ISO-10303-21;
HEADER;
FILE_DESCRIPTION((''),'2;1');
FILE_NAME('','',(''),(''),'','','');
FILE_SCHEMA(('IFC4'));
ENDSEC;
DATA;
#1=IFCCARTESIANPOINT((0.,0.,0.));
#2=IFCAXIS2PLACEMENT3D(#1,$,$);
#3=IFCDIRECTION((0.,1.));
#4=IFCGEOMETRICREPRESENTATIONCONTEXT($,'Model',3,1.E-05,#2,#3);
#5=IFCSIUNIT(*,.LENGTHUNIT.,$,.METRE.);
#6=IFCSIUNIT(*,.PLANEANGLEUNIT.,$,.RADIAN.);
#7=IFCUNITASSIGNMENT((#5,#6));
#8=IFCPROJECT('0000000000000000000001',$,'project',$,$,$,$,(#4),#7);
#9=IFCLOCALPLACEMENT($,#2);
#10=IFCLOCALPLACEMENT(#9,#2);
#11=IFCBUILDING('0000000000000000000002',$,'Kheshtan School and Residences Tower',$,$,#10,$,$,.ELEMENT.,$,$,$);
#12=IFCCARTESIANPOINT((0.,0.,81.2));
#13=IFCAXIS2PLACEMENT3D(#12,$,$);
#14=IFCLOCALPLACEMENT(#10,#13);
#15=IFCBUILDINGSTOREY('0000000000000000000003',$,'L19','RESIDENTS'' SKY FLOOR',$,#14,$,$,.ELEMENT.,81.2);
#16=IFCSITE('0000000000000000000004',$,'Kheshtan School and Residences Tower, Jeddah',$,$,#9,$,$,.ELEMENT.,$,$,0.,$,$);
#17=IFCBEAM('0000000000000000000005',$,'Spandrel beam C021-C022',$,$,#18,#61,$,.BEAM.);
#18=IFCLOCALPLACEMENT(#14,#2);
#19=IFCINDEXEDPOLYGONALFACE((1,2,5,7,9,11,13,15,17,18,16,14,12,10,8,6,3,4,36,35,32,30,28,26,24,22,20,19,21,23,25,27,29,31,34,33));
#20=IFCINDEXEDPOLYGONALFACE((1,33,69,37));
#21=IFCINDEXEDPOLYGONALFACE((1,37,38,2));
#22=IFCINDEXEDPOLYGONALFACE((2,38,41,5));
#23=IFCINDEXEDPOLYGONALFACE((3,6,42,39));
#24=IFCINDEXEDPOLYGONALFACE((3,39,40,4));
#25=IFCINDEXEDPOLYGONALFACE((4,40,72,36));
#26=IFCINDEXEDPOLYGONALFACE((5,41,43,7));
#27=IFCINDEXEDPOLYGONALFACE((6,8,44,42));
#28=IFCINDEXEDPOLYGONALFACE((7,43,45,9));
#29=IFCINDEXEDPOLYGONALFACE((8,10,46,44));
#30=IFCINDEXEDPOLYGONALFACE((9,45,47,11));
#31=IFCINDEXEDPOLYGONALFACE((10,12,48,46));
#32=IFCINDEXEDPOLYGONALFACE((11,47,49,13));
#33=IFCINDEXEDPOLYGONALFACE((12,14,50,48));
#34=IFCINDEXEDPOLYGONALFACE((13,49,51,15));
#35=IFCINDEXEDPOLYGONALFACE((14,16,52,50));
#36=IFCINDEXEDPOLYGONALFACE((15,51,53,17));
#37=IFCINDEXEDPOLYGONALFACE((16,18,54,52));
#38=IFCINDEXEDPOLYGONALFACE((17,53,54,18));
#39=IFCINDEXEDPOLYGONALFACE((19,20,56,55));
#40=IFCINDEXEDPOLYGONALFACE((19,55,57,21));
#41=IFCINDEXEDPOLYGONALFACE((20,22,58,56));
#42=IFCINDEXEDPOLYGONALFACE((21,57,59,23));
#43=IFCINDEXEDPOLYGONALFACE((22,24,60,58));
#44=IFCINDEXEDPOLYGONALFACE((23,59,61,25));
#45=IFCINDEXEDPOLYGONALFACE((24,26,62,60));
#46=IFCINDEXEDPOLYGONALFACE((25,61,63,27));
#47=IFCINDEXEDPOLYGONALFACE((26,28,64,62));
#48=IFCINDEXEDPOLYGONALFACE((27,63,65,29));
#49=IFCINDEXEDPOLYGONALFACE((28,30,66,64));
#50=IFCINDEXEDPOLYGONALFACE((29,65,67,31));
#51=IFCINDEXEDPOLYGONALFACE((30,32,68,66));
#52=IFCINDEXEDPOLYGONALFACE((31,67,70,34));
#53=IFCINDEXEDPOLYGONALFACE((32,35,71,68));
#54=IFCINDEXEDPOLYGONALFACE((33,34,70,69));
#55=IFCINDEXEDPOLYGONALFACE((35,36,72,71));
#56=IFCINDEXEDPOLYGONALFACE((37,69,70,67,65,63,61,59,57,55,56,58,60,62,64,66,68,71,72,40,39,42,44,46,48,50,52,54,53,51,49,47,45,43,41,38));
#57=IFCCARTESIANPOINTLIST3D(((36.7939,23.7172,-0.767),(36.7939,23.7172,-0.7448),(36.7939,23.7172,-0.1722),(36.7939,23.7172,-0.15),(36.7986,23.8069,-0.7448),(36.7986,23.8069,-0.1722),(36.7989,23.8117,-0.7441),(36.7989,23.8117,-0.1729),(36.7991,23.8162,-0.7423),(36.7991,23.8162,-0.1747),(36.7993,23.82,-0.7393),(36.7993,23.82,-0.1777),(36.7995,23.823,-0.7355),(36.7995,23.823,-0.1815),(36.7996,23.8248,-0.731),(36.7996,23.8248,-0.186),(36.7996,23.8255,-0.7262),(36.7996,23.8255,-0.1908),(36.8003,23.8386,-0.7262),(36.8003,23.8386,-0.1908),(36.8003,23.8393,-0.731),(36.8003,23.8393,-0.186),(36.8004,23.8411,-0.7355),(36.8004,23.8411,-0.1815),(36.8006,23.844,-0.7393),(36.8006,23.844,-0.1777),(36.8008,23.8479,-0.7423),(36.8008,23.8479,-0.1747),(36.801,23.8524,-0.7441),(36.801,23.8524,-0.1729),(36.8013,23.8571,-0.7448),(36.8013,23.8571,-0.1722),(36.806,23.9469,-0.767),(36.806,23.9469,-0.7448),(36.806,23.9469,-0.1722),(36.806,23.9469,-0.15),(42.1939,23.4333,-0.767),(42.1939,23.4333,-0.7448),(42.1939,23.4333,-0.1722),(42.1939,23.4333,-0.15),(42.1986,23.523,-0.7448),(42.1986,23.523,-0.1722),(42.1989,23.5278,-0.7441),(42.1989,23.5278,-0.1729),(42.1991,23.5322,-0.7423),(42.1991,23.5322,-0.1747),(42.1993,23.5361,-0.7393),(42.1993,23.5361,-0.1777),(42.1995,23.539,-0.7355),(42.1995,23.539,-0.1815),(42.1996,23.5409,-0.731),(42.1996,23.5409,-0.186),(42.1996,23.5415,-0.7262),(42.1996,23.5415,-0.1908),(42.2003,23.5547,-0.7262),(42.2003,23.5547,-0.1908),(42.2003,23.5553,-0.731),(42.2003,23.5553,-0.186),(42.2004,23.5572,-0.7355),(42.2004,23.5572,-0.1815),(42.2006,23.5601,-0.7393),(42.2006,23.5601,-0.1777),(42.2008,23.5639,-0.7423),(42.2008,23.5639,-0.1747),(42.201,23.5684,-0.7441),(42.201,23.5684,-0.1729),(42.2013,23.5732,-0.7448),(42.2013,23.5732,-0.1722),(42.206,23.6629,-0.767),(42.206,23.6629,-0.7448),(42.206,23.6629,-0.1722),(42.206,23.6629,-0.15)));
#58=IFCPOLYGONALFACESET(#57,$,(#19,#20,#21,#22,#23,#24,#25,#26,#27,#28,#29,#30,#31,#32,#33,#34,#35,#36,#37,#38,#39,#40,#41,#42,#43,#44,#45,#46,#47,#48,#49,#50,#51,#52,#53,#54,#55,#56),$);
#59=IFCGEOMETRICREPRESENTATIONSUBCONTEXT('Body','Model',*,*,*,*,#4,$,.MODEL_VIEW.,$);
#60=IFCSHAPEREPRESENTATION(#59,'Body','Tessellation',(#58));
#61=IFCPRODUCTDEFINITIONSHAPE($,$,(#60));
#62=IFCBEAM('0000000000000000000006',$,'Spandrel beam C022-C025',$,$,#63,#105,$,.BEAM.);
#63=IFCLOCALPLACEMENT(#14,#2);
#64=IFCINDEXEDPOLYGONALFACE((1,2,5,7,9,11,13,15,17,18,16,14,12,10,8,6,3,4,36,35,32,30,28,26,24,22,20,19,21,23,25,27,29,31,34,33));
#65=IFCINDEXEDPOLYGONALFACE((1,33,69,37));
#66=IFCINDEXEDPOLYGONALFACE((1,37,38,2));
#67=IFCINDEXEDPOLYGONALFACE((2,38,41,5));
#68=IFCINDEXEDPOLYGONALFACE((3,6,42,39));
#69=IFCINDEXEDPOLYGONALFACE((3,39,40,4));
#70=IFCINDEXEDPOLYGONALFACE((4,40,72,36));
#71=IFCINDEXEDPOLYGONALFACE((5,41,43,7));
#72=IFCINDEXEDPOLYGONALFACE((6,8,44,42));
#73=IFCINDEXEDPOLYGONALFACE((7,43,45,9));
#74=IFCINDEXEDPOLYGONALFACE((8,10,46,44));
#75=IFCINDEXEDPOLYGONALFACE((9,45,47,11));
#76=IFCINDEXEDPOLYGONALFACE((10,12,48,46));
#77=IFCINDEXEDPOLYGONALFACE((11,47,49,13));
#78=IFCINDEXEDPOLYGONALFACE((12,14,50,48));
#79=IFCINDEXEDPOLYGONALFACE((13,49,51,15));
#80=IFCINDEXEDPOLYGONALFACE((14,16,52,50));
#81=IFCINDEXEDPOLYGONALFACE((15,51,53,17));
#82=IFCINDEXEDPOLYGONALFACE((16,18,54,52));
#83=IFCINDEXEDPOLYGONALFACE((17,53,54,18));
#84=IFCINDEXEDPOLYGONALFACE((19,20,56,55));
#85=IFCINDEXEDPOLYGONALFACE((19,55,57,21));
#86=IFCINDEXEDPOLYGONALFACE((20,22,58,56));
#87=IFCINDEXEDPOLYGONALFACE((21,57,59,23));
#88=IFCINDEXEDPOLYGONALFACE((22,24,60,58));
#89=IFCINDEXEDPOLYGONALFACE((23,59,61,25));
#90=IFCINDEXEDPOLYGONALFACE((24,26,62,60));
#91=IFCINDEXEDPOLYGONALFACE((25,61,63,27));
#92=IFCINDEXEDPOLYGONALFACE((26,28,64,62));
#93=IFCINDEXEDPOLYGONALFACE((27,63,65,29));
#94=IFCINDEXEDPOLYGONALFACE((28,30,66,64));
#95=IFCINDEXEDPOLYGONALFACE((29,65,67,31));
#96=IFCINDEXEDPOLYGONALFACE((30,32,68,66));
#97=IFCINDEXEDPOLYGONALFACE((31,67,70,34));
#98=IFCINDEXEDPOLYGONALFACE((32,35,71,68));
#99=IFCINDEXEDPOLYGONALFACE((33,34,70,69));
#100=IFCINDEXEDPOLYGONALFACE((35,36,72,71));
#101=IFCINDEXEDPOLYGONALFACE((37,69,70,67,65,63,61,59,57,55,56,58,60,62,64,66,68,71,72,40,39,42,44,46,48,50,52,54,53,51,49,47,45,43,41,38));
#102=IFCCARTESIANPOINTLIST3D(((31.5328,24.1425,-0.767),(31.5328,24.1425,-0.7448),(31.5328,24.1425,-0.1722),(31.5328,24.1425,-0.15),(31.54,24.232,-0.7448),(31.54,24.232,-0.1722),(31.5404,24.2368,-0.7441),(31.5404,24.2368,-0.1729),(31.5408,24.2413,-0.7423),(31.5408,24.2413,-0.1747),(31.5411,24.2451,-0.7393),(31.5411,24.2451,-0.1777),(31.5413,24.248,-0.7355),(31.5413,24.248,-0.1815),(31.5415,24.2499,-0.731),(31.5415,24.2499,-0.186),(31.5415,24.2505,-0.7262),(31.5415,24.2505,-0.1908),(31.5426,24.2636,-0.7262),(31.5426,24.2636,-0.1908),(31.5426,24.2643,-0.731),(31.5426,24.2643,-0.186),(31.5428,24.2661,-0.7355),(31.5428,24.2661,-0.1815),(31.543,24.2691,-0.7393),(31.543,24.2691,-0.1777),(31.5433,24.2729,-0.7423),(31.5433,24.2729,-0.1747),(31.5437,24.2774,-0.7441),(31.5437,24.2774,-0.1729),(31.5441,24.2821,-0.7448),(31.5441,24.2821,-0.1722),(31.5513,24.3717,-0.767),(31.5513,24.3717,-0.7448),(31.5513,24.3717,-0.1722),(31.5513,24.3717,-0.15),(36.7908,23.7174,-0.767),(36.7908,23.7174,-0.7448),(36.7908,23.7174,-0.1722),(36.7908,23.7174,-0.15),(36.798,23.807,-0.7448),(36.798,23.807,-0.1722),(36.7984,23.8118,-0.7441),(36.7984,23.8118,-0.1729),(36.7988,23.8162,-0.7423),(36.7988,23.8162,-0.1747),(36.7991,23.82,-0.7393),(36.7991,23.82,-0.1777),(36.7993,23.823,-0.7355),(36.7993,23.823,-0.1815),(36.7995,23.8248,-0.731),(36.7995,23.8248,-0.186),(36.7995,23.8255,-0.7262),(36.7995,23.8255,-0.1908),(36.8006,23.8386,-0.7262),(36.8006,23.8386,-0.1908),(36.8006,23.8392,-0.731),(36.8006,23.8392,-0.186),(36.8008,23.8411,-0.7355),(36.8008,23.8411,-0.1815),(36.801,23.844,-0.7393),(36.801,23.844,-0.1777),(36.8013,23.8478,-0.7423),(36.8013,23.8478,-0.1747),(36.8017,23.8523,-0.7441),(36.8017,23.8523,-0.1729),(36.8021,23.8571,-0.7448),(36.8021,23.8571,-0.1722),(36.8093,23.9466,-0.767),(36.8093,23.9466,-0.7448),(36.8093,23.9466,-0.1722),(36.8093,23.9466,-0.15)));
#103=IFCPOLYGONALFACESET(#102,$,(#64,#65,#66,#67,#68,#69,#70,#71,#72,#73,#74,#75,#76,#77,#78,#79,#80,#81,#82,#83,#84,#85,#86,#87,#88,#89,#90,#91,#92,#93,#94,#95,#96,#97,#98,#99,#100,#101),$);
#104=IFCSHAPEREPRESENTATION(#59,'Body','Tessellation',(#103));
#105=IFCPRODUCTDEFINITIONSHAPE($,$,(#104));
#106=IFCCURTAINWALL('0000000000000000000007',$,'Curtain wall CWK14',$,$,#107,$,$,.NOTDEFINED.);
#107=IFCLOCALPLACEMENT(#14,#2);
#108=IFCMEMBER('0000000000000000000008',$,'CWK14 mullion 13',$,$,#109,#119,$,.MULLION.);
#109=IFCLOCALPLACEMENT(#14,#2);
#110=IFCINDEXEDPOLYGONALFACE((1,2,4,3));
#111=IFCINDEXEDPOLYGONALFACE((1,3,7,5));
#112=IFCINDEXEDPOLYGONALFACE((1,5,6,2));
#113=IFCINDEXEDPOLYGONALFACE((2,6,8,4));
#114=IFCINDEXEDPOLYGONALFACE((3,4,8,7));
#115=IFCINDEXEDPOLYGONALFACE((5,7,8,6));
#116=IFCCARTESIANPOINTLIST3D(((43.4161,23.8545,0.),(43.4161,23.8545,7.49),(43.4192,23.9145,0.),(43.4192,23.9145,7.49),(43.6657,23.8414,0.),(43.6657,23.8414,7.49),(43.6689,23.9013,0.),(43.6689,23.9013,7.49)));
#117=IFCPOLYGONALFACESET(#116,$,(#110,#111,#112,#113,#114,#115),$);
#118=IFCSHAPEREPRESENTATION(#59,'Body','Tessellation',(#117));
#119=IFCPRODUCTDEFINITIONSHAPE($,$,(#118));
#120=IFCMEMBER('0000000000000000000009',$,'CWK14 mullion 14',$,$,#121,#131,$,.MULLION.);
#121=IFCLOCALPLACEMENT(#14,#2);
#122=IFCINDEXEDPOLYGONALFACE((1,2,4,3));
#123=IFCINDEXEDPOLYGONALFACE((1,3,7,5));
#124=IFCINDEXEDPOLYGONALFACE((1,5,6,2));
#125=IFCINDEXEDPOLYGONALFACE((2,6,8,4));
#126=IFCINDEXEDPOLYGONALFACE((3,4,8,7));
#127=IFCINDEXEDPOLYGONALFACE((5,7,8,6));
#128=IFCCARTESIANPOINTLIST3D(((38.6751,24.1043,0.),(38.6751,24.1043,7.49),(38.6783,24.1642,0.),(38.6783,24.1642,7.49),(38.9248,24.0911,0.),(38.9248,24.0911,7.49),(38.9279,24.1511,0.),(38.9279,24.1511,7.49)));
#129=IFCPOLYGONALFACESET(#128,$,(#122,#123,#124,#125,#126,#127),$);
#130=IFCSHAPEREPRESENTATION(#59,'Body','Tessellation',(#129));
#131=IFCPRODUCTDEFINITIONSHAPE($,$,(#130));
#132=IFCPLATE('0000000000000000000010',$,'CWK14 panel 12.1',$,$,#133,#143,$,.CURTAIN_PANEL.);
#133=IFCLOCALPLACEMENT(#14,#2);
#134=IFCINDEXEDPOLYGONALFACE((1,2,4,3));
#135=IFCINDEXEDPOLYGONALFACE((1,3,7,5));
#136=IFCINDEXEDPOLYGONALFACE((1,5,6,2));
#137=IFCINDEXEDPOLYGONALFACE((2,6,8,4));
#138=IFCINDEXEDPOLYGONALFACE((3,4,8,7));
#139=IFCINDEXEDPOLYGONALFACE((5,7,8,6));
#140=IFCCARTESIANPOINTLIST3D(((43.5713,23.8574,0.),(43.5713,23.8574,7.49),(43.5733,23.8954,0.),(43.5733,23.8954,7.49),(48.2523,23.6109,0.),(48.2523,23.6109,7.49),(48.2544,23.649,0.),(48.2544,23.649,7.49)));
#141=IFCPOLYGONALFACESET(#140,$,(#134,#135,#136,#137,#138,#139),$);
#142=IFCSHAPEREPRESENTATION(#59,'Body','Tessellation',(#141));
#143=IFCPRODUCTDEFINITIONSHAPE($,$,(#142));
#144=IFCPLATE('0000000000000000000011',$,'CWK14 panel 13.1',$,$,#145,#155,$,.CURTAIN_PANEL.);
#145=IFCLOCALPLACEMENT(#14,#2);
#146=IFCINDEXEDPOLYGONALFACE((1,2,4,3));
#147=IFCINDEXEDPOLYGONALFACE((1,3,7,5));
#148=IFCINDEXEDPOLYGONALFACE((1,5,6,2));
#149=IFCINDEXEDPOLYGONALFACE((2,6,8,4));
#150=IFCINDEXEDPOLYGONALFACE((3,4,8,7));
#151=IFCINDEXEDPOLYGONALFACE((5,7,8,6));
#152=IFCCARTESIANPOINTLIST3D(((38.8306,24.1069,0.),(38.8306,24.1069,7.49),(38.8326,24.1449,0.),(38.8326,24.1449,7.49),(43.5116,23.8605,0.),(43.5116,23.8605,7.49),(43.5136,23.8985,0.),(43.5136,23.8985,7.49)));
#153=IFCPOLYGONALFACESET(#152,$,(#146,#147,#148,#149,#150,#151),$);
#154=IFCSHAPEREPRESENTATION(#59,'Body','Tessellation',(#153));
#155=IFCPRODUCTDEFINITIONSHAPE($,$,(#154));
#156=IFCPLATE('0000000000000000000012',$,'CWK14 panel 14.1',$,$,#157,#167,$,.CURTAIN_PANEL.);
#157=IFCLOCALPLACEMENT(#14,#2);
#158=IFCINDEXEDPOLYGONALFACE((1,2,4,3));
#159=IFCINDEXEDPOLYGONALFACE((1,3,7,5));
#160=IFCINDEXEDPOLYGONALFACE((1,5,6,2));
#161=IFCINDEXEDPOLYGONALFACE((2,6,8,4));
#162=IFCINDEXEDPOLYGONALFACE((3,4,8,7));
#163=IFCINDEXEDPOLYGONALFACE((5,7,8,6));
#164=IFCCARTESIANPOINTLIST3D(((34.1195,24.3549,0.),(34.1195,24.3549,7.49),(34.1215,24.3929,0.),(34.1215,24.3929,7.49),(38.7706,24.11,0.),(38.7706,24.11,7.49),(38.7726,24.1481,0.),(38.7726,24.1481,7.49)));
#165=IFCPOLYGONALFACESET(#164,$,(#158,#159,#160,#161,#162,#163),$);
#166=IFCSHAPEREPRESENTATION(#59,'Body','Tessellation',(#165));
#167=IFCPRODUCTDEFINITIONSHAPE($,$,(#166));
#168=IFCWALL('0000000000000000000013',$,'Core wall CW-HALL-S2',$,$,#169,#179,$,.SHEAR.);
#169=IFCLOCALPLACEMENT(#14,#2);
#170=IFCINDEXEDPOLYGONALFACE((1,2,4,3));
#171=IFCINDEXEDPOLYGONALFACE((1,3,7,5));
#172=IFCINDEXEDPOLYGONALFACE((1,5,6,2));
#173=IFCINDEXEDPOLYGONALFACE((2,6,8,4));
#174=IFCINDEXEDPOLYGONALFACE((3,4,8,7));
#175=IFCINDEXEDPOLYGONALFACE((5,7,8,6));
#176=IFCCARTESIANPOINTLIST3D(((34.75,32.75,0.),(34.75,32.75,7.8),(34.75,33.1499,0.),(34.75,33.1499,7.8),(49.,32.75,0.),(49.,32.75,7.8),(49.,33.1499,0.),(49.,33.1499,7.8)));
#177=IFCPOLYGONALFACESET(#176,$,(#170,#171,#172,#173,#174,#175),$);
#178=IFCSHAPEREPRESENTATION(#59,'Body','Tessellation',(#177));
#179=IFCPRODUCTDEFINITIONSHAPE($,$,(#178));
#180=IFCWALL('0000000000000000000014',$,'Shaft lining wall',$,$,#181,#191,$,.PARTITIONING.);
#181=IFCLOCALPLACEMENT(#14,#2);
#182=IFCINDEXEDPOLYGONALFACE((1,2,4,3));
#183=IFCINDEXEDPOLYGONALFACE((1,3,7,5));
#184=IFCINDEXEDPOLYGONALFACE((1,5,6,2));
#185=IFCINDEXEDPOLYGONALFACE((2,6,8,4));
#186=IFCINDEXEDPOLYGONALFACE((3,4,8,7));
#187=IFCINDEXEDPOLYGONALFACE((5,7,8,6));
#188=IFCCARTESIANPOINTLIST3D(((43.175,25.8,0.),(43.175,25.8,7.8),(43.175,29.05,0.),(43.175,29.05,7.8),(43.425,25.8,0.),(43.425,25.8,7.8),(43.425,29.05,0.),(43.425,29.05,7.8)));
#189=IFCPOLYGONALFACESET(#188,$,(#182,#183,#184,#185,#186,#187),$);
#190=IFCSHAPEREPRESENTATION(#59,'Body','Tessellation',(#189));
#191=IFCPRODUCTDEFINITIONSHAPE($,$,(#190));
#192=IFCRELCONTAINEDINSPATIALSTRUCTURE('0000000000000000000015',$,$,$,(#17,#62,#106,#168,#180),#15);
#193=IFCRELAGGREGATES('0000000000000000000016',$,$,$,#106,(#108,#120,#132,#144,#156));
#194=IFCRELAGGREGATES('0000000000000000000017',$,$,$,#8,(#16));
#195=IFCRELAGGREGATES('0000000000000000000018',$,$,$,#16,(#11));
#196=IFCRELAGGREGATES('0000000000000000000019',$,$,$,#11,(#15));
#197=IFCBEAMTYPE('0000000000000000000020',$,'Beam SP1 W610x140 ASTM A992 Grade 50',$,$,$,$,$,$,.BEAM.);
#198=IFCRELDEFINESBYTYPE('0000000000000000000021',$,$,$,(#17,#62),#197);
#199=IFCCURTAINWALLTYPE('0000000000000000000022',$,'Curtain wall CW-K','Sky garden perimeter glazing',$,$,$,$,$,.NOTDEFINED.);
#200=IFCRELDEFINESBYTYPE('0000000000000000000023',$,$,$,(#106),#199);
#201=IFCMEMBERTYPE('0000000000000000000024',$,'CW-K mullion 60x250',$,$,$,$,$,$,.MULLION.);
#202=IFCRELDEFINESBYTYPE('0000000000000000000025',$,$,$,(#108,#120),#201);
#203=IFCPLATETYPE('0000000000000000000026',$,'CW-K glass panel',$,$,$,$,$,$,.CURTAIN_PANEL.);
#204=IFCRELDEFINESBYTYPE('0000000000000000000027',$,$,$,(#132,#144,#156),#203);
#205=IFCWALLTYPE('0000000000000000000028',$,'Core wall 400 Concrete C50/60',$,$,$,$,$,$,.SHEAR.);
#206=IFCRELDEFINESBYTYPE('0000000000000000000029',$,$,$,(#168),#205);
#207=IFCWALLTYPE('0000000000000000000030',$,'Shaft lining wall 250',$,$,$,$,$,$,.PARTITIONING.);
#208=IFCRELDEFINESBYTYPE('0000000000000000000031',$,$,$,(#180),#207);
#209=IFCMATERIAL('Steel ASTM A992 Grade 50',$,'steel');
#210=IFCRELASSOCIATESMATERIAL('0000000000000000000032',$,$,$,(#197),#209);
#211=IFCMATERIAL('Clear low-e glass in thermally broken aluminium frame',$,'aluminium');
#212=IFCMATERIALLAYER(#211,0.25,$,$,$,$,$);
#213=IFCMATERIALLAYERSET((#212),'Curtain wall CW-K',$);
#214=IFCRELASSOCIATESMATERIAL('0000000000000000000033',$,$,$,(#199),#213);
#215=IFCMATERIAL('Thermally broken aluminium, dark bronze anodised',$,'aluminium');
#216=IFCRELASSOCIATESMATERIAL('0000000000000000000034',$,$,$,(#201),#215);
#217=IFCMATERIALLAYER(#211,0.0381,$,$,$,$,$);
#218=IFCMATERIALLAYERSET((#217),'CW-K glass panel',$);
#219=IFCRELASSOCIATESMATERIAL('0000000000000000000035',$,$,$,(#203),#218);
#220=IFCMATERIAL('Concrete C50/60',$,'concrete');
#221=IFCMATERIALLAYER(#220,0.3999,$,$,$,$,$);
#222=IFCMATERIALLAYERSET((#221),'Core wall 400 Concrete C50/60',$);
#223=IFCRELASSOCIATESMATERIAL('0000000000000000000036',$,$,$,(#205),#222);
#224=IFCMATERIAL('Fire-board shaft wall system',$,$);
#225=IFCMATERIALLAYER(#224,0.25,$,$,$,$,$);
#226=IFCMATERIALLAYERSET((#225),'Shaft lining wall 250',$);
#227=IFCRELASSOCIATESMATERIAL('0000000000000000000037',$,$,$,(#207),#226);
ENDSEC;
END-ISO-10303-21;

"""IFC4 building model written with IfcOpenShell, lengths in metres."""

from ifc_helpers import new_model, si_unit, direction, frame, frame_2d, origin, origin_2d, place, context, subcontext, project, spatial, rectangle, i_section, extrude, material, layer, layer_set, material_profile, profile_set, type_object, element, aggregate, save


model = new_model("IFC4")

# Units and contexts
model_context = context("Model", 3, precision=1e-05, world=origin(), true_north=direction((0.0, 1.0)))
body_context = subcontext(model_context, "Body", "Model", "MODEL_VIEW")
ifc_project = project(units=[si_unit("LENGTHUNIT", "METRE"), si_unit("PLANEANGLEUNIT", "RADIAN")], contexts=[model_context])

# Site, building, storey
site_placement = place(None, origin())
site = spatial("IfcSite", under=ifc_project, at=site_placement, Name="Kheshtan School and Residences Tower, Jeddah", CompositionType="ELEMENT", RefElevation=0.0)
building_placement = place(site_placement, origin())
building = spatial("IfcBuilding", under=site, at=building_placement, Name="Kheshtan School and Residences Tower", CompositionType="ELEMENT")
storey_placement = place(building_placement, frame((0.0, 0.0, 81.2)))
storey = spatial("IfcBuildingStorey", under=building, at=storey_placement, Name="L19", Description="RESIDENTS' SKY FLOOR", CompositionType="ELEMENT", Elevation=81.2)

# Shared definitions
ifc_material_1 = material(Name="Steel ASTM A992 Grade 50", Category="steel")

# Beams
ifc_material_profile_1 = material_profile(ifc_material_1, i_section(OverallWidth=0.23, OverallDepth=0.6169, WebThickness=0.0132, FlangeThickness=0.0222, FilletRadius=0.0186, at=origin_2d()), Name="W610x140")
ifc_profile_set_1 = profile_set([ifc_material_profile_1], Name="Steel ASTM A992 Grade 50")
beam_type_1 = type_object("IfcBeamType", Name="Beam SP1 W610x140 ASTM A992 Grade 50", PredefinedType="BEAM", material=ifc_profile_set_1)
beam_1_placement = place(storey_placement, frame((42.2, 23.5481, -0.4585), z_axis=(-0.99862, 0.052509, 0.0), x_axis=(-0.052509, -0.99862, 0.0)))
element("IfcBeam", 1, at=beam_1_placement, inside=storey, type_object=beam_type_1, Name="Spandrel beam C021-C022", PredefinedType="BEAM", context=body_context, shape_type="SweptSolid", body=[
    extrude(i_section(OverallWidth=0.23, OverallDepth=0.6169, WebThickness=0.0132, FlangeThickness=0.0222, FilletRadius=0.0186, at=origin_2d()), origin(), (0.0, 0.0, 1.0), 5.4075),
])
beam_2_placement = place(storey_placement, frame((36.8, 23.832, -0.4585), z_axis=(-0.996749, 0.080575, 0.0), x_axis=(-0.080575, -0.996749, 0.0)))
element("IfcBeam", 2, at=beam_2_placement, inside=storey, type_object=beam_type_1, Name="Spandrel beam C022-C025", PredefinedType="BEAM", context=body_context, shape_type="SweptSolid", body=[
    extrude(i_section(OverallWidth=0.23, OverallDepth=0.6169, WebThickness=0.0132, FlangeThickness=0.0222, FilletRadius=0.0186, at=origin_2d()), origin(), (0.0, 0.0, 1.0), 5.2751),
])

# Curtain wall, members, plates
ifc_material_2 = material(Name="Clear low-e glass in thermally broken aluminium frame", Category="aluminium")
ifc_layer_1 = layer(ifc_material_2, 0.25)
ifc_layer_set_1 = layer_set([ifc_layer_1], Name="Curtain wall CW-K")
curtain_wall_type = type_object("IfcCurtainWallType", Name="Curtain wall CW-K", Description="Sky garden perimeter glazing", PredefinedType="NOTDEFINED", material=ifc_layer_set_1)
curtain_wall_placement = place(storey_placement, origin())
curtain_wall = element("IfcCurtainWall", 3, at=curtain_wall_placement, inside=storey, type_object=curtain_wall_type, Name="Curtain wall CWK14", PredefinedType="NOTDEFINED")
ifc_material_3 = material(Name="Thermally broken aluminium, dark bronze anodised", Category="aluminium")
ifc_material_profile_2 = material_profile(ifc_material_3, rectangle(XDim=0.0601, YDim=0.25, at=origin_2d()), Name="CW-K mullion 60x250")
ifc_profile_set_2 = profile_set([ifc_material_profile_2], Name="Thermally broken aluminium, dark bronze anodised")
member_type = type_object("IfcMemberType", Name="CW-K mullion 60x250", PredefinedType="MULLION", material=ifc_profile_set_2)
member_1_placement = place(storey_placement, frame((43.5425, 23.8779, 0.0), z_axis=(0.0, 0.0, 1.0), x_axis=(-0.05257, -0.998617, 0.0)))
member_1 = element("IfcMember", 4, at=member_1_placement, type_object=member_type, Name="CWK14 mullion 13", PredefinedType="MULLION", context=body_context, shape_type="SweptSolid", body=[
    extrude(rectangle(XDim=0.0601, YDim=0.25, at=origin_2d()), origin(), (0.0, 0.0, 1.0), 7.49),
])
member_2_placement = place(storey_placement, frame((38.8015, 24.1277, 0.0), z_axis=(0.0, 0.0, 1.0), x_axis=(-0.05257, -0.998617, 0.0)))
member_2 = element("IfcMember", 5, at=member_2_placement, type_object=member_type, Name="CWK14 mullion 14", PredefinedType="MULLION", context=body_context, shape_type="SweptSolid", body=[
    extrude(rectangle(XDim=0.0601, YDim=0.25, at=origin_2d()), origin(), (0.0, 0.0, 1.0), 7.49),
])
ifc_layer_2 = layer(ifc_material_2, 0.0381)
ifc_layer_set_2 = layer_set([ifc_layer_2], Name="CW-K glass panel")
plate_type = type_object("IfcPlateType", Name="CW-K glass panel", PredefinedType="CURTAIN_PANEL", material=ifc_layer_set_2)
plate_1_placement = place(storey_placement, frame((45.9128, 23.7532, 0.0), z_axis=(0.0, 0.0, 1.0), x_axis=(-0.998617, 0.05257, 0.0)))
plate_1 = element("IfcPlate", 6, at=plate_1_placement, type_object=plate_type, Name="CWK14 panel 12.1", PredefinedType="CURTAIN_PANEL", context=body_context, shape_type="SweptSolid", body=[
    extrude(rectangle(XDim=4.6875, YDim=0.0381, at=origin_2d()), origin(), (0.0, 0.0, 1.0), 7.49),
])
plate_2_placement = place(storey_placement, frame((41.1721, 24.0027, 0.0), z_axis=(0.0, 0.0, 1.0), x_axis=(-0.998617, 0.05257, 0.0)))
plate_2 = element("IfcPlate", 7, at=plate_2_placement, type_object=plate_type, Name="CWK14 panel 13.1", PredefinedType="CURTAIN_PANEL", context=body_context, shape_type="SweptSolid", body=[
    extrude(rectangle(XDim=4.6875, YDim=0.0381, at=origin_2d()), origin(), (0.0, 0.0, 1.0), 7.49),
])
plate_3_placement = place(storey_placement, frame((36.446, 24.2515, 0.0), z_axis=(0.0, 0.0, 1.0), x_axis=(-0.998617, 0.05257, 0.0)))
plate_3 = element("IfcPlate", 8, at=plate_3_placement, type_object=plate_type, Name="CWK14 panel 14.1", PredefinedType="CURTAIN_PANEL", context=body_context, shape_type="SweptSolid", body=[
    extrude(rectangle(XDim=4.6575, YDim=0.0381, at=origin_2d()), origin(), (0.0, 0.0, 1.0), 7.49),
])
aggregate(curtain_wall, [member_1, member_2, plate_1, plate_2, plate_3])

# Walls
ifc_material_4 = material(Name="Concrete C50/60", Category="concrete")
ifc_layer_3 = layer(ifc_material_4, 0.3999)
ifc_layer_set_3 = layer_set([ifc_layer_3], Name="Core wall 400 Concrete C50/60")
wall_type_1 = type_object("IfcWallType", Name="Core wall 400 Concrete C50/60", PredefinedType="SHEAR", material=ifc_layer_set_3)
wall_placement = place(storey_placement, frame((34.75, 32.95, 0.0), z_axis=(0.0, 0.0, 1.0), x_axis=(1.0, 0.0, 0.0)))
element("IfcWall", 9, at=wall_placement, inside=storey, type_object=wall_type_1, Name="Core wall CW-HALL-S2", PredefinedType="SHEAR", context=body_context, shape_type="SweptSolid", body=[
    extrude(rectangle(XDim=14.25, YDim=0.3999, at=frame_2d((7.125, 0.0))), origin(), (0.0, 0.0, 1.0), 7.8),
])
ifc_material_5 = material(Name="Fire-board shaft wall system")
ifc_layer_4 = layer(ifc_material_5, 0.25)
ifc_layer_set_4 = layer_set([ifc_layer_4], Name="Shaft lining wall 250")
wall_type_2 = type_object("IfcWallType", Name="Shaft lining wall 250", PredefinedType="PARTITIONING", material=ifc_layer_set_4)
for number, where, z_axis, x_axis, name in (
    (10, (43.3, 25.8, 0.0), (0.0, 0.0, 1.0), (0.0, 1.0, 0.0), "Shaft lining wall"),
):
    element("IfcWall", number, at=place(storey_placement, frame(where, z_axis=z_axis, x_axis=x_axis)), inside=storey, type_object=wall_type_2, Name=name, PredefinedType="PARTITIONING", context=body_context, shape_type="SweptSolid", body=[
        extrude(rectangle(XDim=3.25, YDim=0.25, at=frame_2d((1.625, 0.0))), origin(), (0.0, 0.0, 1.0), 7.8),
    ])

save(model, "model.ifc")
